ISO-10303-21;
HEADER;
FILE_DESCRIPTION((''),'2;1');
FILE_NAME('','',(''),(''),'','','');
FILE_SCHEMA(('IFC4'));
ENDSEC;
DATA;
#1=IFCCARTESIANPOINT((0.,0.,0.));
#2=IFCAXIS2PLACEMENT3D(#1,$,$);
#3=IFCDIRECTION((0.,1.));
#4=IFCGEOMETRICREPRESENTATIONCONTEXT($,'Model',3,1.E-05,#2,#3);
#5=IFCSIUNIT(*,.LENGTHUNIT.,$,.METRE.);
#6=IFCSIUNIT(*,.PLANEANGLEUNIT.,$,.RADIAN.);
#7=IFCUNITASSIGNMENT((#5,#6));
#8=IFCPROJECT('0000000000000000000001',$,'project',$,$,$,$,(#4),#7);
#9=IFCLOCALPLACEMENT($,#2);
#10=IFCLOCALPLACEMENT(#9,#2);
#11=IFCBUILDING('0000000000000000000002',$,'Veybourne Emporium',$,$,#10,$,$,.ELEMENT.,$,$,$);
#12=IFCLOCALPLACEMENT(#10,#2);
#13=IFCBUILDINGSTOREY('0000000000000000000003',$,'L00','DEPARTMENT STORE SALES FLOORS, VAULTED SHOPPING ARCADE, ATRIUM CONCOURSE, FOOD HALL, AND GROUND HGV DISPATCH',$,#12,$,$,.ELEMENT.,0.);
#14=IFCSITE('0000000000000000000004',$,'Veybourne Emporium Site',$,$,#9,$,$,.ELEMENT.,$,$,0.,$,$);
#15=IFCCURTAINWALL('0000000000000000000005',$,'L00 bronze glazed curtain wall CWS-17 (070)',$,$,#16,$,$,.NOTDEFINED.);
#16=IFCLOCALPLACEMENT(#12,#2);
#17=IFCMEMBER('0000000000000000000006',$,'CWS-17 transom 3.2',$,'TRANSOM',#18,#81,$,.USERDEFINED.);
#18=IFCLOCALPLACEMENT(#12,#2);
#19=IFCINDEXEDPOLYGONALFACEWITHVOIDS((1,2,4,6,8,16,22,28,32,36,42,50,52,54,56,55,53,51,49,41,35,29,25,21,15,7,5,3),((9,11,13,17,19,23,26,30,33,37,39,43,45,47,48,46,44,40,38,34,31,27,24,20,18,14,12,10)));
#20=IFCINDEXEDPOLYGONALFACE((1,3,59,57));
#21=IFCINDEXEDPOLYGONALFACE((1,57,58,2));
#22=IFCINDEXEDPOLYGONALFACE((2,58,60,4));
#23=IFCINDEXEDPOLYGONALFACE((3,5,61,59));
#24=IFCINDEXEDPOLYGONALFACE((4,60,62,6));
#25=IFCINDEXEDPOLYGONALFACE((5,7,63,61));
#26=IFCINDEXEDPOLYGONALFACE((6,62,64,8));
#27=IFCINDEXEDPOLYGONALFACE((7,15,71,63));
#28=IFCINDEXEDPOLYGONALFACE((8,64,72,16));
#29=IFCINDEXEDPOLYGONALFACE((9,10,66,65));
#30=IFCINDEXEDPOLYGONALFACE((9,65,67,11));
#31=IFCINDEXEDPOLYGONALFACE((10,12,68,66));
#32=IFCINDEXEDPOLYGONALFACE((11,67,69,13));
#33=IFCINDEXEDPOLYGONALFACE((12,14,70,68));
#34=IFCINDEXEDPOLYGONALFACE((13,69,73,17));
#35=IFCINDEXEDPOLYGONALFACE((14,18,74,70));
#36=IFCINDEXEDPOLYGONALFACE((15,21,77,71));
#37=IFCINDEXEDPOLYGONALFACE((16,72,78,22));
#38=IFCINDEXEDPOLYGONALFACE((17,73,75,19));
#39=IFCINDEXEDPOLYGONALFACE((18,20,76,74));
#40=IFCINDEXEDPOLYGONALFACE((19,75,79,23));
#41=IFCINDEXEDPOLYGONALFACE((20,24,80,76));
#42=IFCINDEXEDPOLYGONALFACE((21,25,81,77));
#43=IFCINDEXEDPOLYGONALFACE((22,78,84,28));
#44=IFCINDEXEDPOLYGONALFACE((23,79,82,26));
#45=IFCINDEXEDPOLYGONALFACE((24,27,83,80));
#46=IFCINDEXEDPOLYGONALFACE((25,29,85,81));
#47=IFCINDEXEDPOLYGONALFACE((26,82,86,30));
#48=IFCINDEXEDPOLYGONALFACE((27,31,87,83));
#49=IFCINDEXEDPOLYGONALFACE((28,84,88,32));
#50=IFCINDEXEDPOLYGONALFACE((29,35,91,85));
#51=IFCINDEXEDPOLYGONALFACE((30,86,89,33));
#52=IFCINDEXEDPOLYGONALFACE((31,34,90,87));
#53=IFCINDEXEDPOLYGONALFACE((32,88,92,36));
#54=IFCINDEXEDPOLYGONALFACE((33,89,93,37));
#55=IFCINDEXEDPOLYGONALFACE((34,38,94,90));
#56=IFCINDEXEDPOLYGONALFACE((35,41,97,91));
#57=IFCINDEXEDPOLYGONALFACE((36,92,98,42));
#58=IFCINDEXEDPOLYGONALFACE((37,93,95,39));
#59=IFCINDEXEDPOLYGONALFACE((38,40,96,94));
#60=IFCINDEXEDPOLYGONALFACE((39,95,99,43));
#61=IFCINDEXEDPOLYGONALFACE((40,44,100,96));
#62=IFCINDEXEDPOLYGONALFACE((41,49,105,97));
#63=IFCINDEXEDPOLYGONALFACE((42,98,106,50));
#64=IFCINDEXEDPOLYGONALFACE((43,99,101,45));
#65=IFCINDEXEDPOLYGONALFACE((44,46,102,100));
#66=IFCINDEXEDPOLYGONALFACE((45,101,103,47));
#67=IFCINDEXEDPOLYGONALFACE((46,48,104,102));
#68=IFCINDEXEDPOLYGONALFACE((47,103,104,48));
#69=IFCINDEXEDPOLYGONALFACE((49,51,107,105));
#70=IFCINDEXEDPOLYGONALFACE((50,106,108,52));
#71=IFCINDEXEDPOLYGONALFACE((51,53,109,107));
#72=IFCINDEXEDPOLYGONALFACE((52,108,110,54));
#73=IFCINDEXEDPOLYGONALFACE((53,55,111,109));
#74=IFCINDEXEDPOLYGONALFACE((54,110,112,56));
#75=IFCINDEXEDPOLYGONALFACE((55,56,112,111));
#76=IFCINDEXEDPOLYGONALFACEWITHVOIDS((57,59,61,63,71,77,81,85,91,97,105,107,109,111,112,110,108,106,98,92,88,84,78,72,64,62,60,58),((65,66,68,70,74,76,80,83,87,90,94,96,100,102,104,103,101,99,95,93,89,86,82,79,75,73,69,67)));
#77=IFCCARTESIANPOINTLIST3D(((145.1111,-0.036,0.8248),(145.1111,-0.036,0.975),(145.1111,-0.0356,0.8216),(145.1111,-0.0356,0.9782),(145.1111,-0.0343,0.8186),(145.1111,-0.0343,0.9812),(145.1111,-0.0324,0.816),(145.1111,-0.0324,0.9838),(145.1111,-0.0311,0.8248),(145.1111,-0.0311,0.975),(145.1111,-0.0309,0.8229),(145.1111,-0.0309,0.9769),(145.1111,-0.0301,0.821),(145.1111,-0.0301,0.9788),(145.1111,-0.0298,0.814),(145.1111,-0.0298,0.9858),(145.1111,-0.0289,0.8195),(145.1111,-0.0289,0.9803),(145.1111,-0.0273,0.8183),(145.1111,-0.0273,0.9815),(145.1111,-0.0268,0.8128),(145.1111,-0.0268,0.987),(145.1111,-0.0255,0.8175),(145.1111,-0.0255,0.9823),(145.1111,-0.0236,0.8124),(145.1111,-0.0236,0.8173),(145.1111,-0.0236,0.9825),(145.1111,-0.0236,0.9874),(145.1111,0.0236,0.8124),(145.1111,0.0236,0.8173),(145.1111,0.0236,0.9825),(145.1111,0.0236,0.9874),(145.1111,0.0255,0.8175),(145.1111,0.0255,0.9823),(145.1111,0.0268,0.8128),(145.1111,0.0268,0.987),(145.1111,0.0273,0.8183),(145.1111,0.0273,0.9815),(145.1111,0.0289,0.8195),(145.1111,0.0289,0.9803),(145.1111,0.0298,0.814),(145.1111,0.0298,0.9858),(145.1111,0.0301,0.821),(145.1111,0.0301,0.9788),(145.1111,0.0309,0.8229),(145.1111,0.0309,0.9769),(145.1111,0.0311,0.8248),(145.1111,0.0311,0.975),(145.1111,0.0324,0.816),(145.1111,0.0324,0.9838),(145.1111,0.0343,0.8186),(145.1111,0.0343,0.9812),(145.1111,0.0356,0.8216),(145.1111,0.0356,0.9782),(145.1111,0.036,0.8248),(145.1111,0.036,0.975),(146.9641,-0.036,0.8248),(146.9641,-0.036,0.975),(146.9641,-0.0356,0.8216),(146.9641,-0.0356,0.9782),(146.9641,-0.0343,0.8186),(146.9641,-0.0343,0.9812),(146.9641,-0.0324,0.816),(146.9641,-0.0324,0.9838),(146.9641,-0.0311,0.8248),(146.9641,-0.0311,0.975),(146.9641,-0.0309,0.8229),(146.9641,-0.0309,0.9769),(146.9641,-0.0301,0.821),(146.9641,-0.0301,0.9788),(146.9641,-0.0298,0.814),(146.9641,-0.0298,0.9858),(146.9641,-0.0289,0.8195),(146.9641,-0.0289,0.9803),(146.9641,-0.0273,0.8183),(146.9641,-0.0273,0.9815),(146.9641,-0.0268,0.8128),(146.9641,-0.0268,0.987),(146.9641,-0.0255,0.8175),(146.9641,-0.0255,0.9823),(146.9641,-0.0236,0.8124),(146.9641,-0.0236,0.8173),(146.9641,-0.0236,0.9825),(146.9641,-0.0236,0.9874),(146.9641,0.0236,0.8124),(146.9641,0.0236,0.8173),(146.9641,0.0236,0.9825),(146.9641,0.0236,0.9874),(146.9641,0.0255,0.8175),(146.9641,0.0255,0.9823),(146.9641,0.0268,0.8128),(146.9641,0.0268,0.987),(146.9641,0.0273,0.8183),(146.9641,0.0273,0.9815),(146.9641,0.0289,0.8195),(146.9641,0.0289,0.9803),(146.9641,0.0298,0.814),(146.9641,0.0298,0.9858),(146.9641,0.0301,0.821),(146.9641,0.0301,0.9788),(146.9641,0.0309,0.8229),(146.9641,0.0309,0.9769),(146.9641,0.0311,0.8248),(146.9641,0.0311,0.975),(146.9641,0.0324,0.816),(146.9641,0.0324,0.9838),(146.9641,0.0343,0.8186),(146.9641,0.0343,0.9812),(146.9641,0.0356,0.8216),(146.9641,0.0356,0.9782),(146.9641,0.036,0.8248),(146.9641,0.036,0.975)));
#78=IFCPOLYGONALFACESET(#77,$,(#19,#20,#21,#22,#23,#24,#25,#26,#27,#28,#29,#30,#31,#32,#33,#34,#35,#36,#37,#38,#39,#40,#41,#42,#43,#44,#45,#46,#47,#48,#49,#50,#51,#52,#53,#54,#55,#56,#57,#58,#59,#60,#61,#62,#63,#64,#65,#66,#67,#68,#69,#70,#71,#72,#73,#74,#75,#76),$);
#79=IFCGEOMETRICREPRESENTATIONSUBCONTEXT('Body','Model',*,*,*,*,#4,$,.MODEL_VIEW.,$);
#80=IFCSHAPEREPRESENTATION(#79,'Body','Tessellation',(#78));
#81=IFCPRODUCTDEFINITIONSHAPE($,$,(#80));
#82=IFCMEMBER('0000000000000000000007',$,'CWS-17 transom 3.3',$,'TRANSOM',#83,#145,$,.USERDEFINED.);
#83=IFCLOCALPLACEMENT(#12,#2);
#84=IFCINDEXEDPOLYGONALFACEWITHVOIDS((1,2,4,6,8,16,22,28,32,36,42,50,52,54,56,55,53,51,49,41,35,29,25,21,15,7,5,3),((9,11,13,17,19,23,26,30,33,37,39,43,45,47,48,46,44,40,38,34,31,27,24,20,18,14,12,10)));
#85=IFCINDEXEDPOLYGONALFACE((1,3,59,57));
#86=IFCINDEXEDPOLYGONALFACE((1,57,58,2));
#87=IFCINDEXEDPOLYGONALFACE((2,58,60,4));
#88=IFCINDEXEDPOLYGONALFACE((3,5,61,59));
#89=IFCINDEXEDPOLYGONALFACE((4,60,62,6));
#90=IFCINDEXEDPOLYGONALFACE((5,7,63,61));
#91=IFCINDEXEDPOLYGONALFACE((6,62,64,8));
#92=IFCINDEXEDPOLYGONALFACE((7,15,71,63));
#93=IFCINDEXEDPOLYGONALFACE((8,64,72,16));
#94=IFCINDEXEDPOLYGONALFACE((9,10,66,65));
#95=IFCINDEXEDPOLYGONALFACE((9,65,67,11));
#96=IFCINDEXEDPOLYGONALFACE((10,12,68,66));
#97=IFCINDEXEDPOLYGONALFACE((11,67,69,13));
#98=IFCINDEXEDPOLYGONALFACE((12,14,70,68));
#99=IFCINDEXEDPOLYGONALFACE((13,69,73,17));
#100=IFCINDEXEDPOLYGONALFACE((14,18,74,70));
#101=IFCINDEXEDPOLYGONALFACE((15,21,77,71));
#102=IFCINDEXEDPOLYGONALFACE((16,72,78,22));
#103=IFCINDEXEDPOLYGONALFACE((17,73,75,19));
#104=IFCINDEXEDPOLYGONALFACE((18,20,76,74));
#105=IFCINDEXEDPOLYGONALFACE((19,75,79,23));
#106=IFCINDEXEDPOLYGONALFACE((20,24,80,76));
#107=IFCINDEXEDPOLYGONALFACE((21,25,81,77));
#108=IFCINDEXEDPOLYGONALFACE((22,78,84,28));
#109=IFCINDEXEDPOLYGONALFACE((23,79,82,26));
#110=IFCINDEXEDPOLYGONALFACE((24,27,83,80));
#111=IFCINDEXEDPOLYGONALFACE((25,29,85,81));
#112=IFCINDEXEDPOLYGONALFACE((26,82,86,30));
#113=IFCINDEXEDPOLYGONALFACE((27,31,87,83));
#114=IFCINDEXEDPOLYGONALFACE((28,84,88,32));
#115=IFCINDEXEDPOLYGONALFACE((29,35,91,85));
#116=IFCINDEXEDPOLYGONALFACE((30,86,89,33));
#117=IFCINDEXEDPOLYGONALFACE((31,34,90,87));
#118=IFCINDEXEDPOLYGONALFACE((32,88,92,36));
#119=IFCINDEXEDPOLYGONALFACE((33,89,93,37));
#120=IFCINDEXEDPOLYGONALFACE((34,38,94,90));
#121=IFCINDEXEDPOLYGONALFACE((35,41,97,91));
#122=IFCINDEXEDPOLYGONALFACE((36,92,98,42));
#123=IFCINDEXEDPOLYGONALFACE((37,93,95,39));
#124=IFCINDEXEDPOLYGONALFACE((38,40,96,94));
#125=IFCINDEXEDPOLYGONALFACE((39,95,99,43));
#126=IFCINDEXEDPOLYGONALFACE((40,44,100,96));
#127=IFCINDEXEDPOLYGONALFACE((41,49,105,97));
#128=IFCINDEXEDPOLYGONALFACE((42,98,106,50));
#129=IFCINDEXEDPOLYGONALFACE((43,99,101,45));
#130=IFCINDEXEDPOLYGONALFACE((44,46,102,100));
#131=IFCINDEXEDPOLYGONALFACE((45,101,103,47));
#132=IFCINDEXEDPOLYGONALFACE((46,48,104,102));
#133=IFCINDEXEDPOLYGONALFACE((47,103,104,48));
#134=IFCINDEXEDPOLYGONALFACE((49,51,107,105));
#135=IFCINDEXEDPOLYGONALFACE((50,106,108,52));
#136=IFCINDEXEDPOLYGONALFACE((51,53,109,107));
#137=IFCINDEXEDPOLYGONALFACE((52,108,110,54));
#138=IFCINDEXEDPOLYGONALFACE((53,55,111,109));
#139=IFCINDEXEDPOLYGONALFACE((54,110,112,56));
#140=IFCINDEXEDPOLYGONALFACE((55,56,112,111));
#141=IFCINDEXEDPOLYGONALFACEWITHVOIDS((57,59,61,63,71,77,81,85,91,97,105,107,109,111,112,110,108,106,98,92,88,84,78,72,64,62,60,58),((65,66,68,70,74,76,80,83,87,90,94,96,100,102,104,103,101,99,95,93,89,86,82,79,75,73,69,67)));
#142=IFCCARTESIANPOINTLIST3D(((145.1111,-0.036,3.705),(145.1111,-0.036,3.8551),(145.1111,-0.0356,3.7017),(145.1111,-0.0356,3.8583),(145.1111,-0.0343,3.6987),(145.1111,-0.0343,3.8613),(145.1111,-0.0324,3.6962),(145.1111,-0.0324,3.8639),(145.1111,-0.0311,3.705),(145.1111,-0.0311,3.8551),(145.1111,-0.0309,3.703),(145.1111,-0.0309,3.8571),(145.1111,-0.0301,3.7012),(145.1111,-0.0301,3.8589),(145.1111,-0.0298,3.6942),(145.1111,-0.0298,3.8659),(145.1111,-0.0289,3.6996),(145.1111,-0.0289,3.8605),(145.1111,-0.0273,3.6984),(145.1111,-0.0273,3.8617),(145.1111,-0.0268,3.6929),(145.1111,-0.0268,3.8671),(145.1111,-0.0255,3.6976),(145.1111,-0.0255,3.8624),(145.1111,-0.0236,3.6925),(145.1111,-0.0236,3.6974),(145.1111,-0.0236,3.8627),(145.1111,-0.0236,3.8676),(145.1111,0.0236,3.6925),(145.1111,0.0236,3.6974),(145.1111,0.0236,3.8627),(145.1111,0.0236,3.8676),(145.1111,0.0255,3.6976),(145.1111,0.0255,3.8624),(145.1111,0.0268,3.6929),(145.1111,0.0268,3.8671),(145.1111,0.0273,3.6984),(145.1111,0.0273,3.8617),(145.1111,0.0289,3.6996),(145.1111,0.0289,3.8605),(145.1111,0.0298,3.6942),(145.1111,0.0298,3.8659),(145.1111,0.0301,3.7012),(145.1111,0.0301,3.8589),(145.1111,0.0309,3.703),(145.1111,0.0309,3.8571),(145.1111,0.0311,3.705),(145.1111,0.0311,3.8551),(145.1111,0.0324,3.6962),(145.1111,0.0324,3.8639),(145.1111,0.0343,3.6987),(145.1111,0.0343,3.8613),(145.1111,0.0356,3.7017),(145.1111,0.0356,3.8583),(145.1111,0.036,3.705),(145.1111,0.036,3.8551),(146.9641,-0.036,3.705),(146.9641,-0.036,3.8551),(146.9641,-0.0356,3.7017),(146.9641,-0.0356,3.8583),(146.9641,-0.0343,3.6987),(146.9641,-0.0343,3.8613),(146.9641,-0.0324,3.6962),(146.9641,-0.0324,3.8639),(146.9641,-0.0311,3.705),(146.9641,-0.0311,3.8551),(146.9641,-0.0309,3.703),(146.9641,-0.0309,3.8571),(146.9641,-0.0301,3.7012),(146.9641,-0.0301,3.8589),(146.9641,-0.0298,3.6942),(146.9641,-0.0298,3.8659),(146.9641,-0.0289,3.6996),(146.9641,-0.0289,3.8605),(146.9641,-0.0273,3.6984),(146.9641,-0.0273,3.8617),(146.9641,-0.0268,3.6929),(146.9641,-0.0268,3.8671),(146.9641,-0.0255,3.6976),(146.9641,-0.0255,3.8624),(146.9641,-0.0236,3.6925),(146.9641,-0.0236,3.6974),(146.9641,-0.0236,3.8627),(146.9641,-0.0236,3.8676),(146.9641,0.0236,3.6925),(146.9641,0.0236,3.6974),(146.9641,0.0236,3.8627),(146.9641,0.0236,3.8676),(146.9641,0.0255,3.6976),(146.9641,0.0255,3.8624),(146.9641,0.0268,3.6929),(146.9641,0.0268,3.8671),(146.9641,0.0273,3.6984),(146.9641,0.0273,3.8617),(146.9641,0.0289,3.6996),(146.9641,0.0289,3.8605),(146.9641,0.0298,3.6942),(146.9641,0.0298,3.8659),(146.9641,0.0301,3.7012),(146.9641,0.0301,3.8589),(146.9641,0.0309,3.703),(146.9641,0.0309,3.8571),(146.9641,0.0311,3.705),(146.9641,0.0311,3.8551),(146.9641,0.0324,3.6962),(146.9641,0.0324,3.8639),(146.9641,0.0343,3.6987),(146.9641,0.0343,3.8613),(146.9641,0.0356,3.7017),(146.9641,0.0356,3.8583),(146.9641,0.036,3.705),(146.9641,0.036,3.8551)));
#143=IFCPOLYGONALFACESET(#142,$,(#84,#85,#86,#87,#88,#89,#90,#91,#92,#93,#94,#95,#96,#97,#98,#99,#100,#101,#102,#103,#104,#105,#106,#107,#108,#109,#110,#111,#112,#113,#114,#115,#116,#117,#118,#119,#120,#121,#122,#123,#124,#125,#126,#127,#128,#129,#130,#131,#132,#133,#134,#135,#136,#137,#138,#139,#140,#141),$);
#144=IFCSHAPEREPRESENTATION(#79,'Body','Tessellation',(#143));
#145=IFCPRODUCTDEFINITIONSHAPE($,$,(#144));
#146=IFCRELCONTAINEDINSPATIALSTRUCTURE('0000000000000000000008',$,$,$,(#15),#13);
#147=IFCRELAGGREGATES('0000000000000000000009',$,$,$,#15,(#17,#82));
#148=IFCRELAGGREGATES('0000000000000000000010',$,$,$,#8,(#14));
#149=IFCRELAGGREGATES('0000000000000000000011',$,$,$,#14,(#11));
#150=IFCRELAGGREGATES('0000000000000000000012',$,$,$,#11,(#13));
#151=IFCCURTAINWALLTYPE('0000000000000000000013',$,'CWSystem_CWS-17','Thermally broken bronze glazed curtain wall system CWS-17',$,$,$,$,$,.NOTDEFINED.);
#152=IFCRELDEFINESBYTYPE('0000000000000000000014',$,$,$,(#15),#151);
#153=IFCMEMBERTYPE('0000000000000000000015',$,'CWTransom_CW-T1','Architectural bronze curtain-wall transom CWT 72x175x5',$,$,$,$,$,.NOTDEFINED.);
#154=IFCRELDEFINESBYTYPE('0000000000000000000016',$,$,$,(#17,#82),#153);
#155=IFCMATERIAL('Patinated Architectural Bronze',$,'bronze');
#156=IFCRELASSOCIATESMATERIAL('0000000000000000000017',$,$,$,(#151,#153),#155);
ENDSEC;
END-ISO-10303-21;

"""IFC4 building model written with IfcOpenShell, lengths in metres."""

from ifc_helpers import new_model, si_unit, direction, frame, origin, origin_2d, place, context, subcontext, project, spatial, hollow_rectangle, extrude, material, material_profile, profile_set, type_object, element, aggregate, save


model = new_model("IFC4")

# Units and contexts
model_context = context("Model", 3, precision=1e-05, world=origin(), true_north=direction((0.0, 1.0)))
body_context = subcontext(model_context, "Body", "Model", "MODEL_VIEW")
ifc_project = project(units=[si_unit("LENGTHUNIT", "METRE"), si_unit("PLANEANGLEUNIT", "RADIAN")], contexts=[model_context])

# Site, building, storey
site_placement = place(None, origin())
site = spatial("IfcSite", under=ifc_project, at=site_placement, Name="Veybourne Emporium Site", CompositionType="ELEMENT", RefElevation=0.0)
building_placement = place(site_placement, origin())
building = spatial("IfcBuilding", under=site, at=building_placement, Name="Veybourne Emporium", CompositionType="ELEMENT")
storey_placement = place(building_placement, origin())
storey = spatial("IfcBuildingStorey", under=building, at=storey_placement, Name="L00", Description="DEPARTMENT STORE SALES FLOORS, VAULTED SHOPPING ARCADE, ATRIUM CONCOURSE, FOOD HALL, AND GROUND HGV DISPATCH", CompositionType="ELEMENT", Elevation=0.0)

# Curtain wall, members
ifc_material_1 = material(Name="Patinated Architectural Bronze", Category="bronze")
curtain_wall_type = type_object("IfcCurtainWallType", Name="CWSystem_CWS-17", Description="Thermally broken bronze glazed curtain wall system CWS-17", PredefinedType="NOTDEFINED", material=ifc_material_1)
curtain_wall_placement = place(storey_placement, origin())
curtain_wall = element("IfcCurtainWall", 1, at=curtain_wall_placement, inside=storey, type_object=curtain_wall_type, Name="L00 bronze glazed curtain wall CWS-17 (070)", PredefinedType="NOTDEFINED")
ifc_material_profile_1 = material_profile(ifc_material_1, hollow_rectangle(XDim=0.072, YDim=0.175, WallThickness=0.0049, InnerFilletRadius=0.0076, OuterFilletRadius=0.0125, at=origin_2d()), Name="CWT 72x175x5")
ifc_profile_set_1 = profile_set([ifc_material_profile_1], Name="Patinated Architectural Bronze")
member_type_1 = type_object("IfcMemberType", Name="CWTransom_CW-T1", Description="Architectural bronze curtain-wall transom CWT 72x175x5", PredefinedType="NOTDEFINED", material=ifc_profile_set_1)
member_1_placement = place(storey_placement, frame((146.9641, 0.0, 0.8999), z_axis=(-1.0, 0.0, 0.0), x_axis=(0.0, -1.0, 0.0)))
member_1 = element("IfcMember", 2, at=member_1_placement, type_object=member_type_1, Name="CWS-17 transom 3.2", ObjectType="TRANSOM", PredefinedType="USERDEFINED", context=body_context, shape_type="SweptSolid", body=[
    extrude(hollow_rectangle(XDim=0.072, YDim=0.175, WallThickness=0.0049, InnerFilletRadius=0.0076, OuterFilletRadius=0.0125, at=origin_2d()), origin(), (0.0, 0.0, 1.0), 1.853),
])
member_2_placement = place(storey_placement, frame((146.9641, 0.0, 3.78), z_axis=(-1.0, 0.0, 0.0), x_axis=(0.0, -1.0, 0.0)))
member_2 = element("IfcMember", 3, at=member_2_placement, type_object=member_type_1, Name="CWS-17 transom 3.3", ObjectType="TRANSOM", PredefinedType="USERDEFINED", context=body_context, shape_type="SweptSolid", body=[
    extrude(hollow_rectangle(XDim=0.072, YDim=0.175, WallThickness=0.0049, InnerFilletRadius=0.0076, OuterFilletRadius=0.0125, at=origin_2d()), origin(), (0.0, 0.0, 1.0), 1.853),
])

aggregate(curtain_wall, [member_1, member_2])

save(model, "model.ifc")
